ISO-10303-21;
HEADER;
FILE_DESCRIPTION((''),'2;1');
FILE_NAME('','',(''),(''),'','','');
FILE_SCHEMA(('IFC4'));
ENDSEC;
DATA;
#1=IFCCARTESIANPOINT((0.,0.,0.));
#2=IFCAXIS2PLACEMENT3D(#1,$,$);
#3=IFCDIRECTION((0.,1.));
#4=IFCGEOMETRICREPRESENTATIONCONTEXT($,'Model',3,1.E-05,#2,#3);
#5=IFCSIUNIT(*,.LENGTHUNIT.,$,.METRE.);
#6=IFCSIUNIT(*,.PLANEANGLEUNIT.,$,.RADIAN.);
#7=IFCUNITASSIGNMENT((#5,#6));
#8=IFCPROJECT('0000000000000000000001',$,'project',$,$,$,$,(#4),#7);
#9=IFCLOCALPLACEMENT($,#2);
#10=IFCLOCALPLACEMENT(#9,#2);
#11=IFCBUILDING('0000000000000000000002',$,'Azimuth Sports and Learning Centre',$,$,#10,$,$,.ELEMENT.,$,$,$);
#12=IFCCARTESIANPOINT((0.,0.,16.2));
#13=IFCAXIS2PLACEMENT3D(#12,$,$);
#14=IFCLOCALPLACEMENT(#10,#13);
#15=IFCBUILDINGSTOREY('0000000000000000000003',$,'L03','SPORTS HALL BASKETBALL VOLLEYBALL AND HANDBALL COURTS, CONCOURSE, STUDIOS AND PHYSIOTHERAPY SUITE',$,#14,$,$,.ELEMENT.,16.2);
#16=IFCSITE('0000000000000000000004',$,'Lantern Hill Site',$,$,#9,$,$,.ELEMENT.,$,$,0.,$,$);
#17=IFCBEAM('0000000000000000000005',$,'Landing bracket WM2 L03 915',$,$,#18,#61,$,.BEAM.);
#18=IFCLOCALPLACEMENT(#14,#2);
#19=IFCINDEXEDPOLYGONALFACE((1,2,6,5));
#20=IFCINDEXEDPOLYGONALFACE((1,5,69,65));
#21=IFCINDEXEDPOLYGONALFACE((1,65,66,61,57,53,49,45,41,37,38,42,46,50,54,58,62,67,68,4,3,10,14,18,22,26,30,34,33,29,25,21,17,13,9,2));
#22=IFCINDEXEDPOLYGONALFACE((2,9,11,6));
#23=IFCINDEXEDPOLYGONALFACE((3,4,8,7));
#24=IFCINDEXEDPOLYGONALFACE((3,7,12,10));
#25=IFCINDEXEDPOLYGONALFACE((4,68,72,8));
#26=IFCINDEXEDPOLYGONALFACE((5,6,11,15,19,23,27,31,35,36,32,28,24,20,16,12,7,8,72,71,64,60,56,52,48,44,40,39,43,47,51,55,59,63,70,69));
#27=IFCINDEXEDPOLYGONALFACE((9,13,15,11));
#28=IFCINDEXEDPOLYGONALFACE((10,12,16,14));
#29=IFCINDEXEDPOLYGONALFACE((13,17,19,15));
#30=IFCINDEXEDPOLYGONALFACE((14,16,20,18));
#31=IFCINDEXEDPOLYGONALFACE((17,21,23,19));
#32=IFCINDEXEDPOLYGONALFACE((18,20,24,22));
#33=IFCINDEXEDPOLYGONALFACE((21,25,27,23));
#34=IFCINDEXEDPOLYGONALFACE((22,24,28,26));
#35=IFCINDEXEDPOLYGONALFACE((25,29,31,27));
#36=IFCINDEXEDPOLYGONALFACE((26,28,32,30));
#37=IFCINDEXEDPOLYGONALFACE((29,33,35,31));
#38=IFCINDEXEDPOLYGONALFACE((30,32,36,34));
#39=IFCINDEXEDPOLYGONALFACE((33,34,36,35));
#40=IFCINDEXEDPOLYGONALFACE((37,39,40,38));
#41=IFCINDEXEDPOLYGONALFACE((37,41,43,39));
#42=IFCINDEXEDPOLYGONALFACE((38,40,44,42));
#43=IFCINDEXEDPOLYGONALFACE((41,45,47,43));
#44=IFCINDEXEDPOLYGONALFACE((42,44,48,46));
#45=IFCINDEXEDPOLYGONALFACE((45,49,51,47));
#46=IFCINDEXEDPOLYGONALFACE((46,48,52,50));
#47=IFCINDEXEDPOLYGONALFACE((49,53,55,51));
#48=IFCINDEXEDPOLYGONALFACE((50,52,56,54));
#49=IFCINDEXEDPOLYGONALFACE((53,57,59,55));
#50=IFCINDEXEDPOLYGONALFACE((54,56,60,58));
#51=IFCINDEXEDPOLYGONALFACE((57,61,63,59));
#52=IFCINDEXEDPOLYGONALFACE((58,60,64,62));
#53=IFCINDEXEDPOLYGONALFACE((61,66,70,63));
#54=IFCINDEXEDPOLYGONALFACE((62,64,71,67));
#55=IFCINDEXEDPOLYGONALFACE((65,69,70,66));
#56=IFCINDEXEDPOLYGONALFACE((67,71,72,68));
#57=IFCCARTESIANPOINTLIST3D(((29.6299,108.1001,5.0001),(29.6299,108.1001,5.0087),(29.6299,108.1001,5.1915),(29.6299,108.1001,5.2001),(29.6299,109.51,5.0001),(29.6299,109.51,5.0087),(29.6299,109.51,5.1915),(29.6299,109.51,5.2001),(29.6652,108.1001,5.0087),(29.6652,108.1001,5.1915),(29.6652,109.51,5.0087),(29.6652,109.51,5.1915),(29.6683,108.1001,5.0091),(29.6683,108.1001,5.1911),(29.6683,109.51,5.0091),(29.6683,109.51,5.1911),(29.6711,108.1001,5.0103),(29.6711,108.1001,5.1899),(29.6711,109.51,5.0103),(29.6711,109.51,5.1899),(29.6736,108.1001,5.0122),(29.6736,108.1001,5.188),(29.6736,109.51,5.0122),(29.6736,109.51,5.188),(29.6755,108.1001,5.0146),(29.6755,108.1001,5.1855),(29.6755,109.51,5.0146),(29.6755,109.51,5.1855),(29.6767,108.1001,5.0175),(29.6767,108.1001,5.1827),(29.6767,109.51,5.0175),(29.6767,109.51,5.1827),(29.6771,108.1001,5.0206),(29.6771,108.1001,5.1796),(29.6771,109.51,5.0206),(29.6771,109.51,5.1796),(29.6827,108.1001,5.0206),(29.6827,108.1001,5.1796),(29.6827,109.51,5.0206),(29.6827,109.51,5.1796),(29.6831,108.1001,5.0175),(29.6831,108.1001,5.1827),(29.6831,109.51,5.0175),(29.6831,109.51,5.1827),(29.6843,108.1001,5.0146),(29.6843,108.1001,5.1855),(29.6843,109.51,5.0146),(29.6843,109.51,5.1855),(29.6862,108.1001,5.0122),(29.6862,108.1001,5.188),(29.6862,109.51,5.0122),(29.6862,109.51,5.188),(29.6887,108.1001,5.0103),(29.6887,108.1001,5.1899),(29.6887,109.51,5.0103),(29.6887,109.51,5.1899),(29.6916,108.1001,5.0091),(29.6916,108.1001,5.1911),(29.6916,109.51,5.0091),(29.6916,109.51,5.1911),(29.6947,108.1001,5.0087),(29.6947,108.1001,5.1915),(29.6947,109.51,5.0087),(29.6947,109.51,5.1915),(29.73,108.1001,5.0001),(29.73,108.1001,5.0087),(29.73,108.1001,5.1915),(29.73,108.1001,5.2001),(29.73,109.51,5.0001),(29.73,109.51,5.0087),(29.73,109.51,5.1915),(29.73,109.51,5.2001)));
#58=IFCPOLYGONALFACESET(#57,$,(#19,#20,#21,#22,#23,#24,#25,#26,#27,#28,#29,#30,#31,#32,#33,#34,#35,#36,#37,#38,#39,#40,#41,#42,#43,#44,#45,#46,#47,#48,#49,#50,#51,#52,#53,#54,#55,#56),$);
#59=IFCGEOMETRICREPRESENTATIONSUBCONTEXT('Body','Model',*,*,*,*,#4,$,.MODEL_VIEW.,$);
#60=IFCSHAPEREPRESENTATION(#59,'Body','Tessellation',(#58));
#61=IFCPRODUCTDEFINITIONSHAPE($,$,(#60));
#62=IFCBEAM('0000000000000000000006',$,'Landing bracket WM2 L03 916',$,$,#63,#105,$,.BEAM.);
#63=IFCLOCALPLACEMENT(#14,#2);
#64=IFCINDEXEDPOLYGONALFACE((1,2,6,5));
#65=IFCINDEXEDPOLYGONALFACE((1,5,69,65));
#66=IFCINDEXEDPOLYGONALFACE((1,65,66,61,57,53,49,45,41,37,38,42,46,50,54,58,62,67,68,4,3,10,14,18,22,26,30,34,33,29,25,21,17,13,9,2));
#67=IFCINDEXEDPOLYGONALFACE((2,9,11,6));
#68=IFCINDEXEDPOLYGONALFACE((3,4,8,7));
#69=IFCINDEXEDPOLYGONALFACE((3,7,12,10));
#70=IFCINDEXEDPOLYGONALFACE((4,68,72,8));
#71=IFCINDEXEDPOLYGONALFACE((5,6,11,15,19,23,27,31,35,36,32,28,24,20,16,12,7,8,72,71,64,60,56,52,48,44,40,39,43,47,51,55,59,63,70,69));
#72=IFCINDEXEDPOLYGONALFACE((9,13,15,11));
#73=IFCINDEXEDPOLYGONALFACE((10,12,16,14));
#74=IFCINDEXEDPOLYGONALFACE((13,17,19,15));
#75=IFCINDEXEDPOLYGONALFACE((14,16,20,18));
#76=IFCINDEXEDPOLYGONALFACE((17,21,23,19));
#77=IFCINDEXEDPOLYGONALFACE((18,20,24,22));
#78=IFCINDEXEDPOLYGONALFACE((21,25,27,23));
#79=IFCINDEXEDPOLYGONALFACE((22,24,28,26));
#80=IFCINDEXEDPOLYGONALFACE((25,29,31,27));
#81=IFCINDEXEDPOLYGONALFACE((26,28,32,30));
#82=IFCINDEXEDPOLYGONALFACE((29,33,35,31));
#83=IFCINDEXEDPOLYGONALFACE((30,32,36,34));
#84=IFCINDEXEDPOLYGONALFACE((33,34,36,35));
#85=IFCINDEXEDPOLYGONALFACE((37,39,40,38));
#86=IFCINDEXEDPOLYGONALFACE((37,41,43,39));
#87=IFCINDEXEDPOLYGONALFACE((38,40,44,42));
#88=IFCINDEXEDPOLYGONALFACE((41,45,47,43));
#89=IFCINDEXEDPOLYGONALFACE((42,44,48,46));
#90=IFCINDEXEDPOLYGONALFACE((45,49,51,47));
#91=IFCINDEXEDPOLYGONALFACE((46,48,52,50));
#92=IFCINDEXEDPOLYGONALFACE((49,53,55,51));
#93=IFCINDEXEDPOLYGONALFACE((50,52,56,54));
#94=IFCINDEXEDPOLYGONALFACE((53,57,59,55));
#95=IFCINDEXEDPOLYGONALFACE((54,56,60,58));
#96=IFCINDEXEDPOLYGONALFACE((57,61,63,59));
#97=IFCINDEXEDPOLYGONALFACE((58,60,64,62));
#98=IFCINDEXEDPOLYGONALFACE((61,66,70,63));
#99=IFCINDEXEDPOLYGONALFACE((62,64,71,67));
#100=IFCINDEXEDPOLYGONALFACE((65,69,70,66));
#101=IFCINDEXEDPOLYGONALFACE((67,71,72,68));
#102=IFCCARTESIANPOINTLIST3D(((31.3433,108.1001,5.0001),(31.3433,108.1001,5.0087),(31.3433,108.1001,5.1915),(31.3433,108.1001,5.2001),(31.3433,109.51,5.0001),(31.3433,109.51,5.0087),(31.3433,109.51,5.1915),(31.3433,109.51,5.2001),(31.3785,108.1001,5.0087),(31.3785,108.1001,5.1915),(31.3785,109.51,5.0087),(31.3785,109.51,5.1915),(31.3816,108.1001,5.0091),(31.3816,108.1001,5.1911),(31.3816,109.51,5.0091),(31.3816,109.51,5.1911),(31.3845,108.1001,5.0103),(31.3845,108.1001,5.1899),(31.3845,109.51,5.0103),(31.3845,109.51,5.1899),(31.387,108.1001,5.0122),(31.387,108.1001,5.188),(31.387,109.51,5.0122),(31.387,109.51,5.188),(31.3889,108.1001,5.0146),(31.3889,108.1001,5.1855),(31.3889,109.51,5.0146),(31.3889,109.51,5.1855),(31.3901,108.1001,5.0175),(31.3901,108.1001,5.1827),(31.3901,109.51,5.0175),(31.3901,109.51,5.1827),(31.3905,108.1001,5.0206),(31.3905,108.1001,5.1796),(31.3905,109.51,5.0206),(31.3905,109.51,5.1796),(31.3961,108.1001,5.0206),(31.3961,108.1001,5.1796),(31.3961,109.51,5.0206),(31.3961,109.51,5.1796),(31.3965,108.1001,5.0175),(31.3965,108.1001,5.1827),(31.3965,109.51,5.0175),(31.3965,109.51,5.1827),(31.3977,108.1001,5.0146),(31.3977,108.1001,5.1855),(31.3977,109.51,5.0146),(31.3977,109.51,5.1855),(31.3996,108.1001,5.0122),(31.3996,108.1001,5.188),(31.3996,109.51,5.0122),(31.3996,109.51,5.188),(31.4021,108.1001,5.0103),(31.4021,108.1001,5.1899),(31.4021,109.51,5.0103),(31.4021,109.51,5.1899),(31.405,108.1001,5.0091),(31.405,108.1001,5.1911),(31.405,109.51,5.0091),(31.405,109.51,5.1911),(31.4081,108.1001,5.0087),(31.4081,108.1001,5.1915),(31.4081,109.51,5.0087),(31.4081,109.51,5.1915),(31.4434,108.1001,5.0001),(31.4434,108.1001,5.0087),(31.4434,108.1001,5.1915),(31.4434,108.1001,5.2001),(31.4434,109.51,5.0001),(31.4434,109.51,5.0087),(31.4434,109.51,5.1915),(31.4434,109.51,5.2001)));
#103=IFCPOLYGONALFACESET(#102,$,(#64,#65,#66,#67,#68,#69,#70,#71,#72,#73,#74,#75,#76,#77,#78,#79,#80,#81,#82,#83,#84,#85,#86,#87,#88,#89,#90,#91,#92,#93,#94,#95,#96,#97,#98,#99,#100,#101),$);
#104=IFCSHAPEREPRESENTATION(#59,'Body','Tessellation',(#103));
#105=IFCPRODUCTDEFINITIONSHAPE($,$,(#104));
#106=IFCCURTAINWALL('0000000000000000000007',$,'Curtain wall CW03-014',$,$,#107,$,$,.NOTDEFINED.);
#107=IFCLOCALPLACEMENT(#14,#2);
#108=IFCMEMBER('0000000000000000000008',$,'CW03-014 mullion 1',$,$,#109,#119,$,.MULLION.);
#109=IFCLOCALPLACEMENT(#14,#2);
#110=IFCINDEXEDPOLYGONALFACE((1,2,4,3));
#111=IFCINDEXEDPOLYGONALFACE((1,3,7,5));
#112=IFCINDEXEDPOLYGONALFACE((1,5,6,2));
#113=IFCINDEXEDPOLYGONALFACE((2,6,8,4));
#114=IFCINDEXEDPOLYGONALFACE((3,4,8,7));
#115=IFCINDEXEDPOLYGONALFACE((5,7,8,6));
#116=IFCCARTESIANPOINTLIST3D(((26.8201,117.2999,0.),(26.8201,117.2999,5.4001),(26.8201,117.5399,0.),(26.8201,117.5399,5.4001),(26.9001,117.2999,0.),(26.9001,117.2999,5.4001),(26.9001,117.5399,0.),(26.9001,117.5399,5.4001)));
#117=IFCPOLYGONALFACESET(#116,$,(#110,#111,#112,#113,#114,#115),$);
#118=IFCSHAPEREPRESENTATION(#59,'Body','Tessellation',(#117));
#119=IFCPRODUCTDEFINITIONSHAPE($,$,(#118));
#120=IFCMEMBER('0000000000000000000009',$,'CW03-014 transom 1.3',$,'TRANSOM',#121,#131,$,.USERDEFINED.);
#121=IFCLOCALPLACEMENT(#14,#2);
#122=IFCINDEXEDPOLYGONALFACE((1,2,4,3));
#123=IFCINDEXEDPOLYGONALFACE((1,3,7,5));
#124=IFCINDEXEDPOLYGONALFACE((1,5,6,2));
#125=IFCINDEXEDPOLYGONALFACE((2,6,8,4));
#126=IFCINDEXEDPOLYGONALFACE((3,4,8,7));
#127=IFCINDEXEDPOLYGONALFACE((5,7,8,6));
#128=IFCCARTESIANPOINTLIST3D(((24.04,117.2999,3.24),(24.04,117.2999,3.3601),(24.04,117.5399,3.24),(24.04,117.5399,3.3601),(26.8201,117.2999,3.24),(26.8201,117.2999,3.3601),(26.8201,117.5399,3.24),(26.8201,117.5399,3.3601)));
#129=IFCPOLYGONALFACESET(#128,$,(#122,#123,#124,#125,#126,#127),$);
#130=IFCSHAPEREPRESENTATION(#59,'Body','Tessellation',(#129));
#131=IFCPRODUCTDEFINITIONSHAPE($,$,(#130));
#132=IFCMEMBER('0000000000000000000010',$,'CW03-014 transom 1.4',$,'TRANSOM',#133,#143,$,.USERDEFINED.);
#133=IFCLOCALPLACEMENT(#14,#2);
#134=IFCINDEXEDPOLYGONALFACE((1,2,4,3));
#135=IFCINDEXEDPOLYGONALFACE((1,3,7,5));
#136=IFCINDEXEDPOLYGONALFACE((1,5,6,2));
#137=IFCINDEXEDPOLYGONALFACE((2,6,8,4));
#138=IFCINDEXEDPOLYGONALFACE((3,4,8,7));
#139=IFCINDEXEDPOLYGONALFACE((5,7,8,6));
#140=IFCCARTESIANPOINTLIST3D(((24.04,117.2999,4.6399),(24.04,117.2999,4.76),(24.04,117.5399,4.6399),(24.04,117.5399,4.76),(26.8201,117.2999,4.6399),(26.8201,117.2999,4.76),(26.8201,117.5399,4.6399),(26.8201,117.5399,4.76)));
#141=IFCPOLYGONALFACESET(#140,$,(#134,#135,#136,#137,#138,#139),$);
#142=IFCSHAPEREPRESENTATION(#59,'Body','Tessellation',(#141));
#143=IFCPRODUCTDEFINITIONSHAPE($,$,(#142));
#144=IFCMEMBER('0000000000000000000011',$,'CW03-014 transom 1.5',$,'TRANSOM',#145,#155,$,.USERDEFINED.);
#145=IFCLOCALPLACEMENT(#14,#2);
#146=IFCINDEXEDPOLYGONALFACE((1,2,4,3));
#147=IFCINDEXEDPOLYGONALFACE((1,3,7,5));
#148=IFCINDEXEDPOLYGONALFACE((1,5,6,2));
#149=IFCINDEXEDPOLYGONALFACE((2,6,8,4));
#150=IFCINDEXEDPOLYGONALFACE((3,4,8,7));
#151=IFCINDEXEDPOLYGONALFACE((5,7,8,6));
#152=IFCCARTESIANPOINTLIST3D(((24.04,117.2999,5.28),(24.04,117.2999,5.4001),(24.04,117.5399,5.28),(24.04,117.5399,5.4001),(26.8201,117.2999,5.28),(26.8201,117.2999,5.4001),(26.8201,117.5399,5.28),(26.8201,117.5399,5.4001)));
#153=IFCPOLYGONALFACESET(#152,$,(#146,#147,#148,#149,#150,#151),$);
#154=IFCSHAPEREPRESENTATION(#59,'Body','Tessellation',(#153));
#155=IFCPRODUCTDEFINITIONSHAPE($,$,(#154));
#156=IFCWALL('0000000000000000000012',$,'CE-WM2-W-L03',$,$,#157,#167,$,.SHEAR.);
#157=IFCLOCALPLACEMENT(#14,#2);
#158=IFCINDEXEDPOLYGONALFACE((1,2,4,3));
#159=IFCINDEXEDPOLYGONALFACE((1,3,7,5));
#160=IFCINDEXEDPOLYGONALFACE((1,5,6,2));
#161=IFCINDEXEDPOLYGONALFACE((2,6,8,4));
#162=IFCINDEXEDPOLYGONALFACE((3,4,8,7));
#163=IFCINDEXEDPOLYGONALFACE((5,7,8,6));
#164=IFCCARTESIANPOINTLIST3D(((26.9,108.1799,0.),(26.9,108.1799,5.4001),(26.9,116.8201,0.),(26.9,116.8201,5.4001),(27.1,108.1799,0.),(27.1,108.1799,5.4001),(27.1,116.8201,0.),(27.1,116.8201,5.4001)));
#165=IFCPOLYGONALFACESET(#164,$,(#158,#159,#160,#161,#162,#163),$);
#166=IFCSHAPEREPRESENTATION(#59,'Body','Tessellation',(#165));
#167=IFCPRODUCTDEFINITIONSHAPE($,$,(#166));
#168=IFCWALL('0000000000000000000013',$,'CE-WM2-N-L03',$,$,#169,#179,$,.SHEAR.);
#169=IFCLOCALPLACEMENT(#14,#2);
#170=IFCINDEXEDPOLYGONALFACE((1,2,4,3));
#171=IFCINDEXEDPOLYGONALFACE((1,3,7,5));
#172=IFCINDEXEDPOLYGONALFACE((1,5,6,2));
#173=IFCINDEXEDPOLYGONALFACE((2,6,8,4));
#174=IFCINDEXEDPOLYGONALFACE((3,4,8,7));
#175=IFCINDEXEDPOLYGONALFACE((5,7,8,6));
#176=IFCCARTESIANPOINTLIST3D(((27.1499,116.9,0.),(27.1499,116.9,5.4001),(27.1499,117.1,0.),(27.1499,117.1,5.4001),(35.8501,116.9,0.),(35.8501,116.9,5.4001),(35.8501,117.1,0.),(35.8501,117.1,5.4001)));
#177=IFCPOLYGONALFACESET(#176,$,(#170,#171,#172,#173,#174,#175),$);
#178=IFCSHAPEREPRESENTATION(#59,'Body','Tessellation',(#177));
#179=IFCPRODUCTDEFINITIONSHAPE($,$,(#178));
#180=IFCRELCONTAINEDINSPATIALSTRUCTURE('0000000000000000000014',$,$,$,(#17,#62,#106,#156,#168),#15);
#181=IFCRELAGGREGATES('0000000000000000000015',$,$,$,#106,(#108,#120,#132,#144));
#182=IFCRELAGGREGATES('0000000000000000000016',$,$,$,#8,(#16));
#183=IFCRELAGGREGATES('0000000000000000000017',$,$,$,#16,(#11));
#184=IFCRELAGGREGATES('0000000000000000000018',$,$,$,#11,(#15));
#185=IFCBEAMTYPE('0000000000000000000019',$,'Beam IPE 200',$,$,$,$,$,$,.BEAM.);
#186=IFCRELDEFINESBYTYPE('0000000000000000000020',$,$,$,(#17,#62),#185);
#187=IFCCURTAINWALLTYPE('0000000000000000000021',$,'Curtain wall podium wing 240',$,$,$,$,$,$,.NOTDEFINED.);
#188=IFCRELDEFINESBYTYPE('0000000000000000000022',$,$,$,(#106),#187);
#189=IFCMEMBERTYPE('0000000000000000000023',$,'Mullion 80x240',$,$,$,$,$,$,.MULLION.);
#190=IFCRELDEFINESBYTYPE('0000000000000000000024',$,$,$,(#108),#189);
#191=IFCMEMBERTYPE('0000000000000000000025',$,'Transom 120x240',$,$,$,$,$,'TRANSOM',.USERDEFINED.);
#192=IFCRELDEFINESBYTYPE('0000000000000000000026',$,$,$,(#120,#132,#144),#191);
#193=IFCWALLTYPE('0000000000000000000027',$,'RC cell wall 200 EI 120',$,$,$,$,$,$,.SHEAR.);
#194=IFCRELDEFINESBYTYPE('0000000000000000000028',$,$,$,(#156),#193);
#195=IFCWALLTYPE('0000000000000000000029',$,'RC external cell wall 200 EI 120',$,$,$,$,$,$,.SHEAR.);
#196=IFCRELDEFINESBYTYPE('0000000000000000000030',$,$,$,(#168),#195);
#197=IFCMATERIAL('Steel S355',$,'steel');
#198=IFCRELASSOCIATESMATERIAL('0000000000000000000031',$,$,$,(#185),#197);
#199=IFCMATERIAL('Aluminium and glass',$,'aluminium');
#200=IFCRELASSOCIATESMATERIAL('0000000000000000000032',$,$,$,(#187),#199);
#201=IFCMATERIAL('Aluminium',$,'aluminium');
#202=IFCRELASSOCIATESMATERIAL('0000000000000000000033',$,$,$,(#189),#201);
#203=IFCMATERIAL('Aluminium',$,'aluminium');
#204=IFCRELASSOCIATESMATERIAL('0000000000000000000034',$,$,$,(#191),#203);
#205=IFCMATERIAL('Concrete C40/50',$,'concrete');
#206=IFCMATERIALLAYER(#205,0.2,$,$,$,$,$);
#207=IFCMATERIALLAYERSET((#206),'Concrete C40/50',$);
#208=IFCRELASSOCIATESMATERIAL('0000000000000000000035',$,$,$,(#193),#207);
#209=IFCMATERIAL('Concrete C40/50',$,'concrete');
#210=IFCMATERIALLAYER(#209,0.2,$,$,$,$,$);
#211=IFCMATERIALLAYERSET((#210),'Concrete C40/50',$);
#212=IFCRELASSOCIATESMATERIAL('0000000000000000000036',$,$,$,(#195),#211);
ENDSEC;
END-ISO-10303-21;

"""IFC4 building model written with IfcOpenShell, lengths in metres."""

from ifc_helpers import new_model, si_unit, direction, frame, frame_2d, origin, origin_2d, place, context, subcontext, project, spatial, rectangle, i_section, extrude, material, layer, layer_set, material_profile, profile_set, type_object, element, aggregate, save


model = new_model("IFC4")

# Units and contexts
model_context = context("Model", 3, precision=1e-05, world=origin(), true_north=direction((0.0, 1.0)))
body_context = subcontext(model_context, "Body", "Model", "MODEL_VIEW")
ifc_project = project(units=[si_unit("LENGTHUNIT", "METRE"), si_unit("PLANEANGLEUNIT", "RADIAN")], contexts=[model_context])

# Site, building, storey
site_placement = place(None, origin())
site = spatial("IfcSite", under=ifc_project, at=site_placement, Name="Lantern Hill Site", CompositionType="ELEMENT", RefElevation=0.0)
building_placement = place(site_placement, origin())
building = spatial("IfcBuilding", under=site, at=building_placement, Name="Azimuth Sports and Learning Centre", CompositionType="ELEMENT")
storey_placement = place(building_placement, frame((0.0, 0.0, 16.2)))
storey = spatial("IfcBuildingStorey", under=building, at=storey_placement, Name="L03", Description="SPORTS HALL BASKETBALL VOLLEYBALL AND HANDBALL COURTS, CONCOURSE, STUDIOS AND PHYSIOTHERAPY SUITE", CompositionType="ELEMENT", Elevation=16.2)

# Beams
ifc_material_1 = material(Name="Steel S355", Category="steel")
ifc_material_profile_1 = material_profile(ifc_material_1, i_section(OverallWidth=0.1001, OverallDepth=0.2, WebThickness=0.0056, FlangeThickness=0.0085, FilletRadius=0.012, at=origin_2d()), Name="IPE 200")
ifc_profile_set_1 = profile_set([ifc_material_profile_1], Name="Steel S355")
beam_type = type_object("IfcBeamType", Name="Beam IPE 200", PredefinedType="BEAM", material=ifc_profile_set_1)
for number, where, z_axis, x_axis, name in (
    (1, (29.6799, 108.1001, 5.1001), (0.0, 1.0, 0.0), (-1.0, 0.0, 0.0), "Landing bracket WM2 L03 915"),
    (2, (31.3933, 108.1001, 5.1001), (0.0, 1.0, 0.0), (-1.0, 0.0, 0.0), "Landing bracket WM2 L03 916"),
):
    element("IfcBeam", number, at=place(storey_placement, frame(where, z_axis=z_axis, x_axis=x_axis)), inside=storey, type_object=beam_type, Name=name, PredefinedType="BEAM", context=body_context, shape_type="SweptSolid", body=[
        extrude(i_section(OverallWidth=0.1001, OverallDepth=0.2, WebThickness=0.0056, FlangeThickness=0.0085, FilletRadius=0.012, at=origin_2d()), origin(), (0.0, 0.0, 1.0), 1.4099),
    ])

# Curtain wall, members
ifc_material_2 = material(Name="Aluminium and glass", Category="aluminium")
curtain_wall_type = type_object("IfcCurtainWallType", Name="Curtain wall podium wing 240", PredefinedType="NOTDEFINED", material=ifc_material_2)
curtain_wall_placement = place(storey_placement, origin())
curtain_wall = element("IfcCurtainWall", 3, at=curtain_wall_placement, inside=storey, type_object=curtain_wall_type, Name="Curtain wall CW03-014", PredefinedType="NOTDEFINED")
ifc_material_3 = material(Name="Aluminium", Category="aluminium")
ifc_material_profile_2 = material_profile(ifc_material_3, rectangle(XDim=0.24, YDim=0.0801, at=origin_2d()), Name="Mullion 80x240")
ifc_profile_set_2 = profile_set([ifc_material_profile_2], Name="Aluminium")
member_type_1 = type_object("IfcMemberType", Name="Mullion 80x240", PredefinedType="MULLION", material=ifc_profile_set_2)
member_1_placement = place(storey_placement, frame((26.8601, 117.4199, 0.0), z_axis=(0.0, 0.0, 1.0), x_axis=(0.0, -1.0, 0.0)))
member_1 = element("IfcMember", 4, at=member_1_placement, type_object=member_type_1, Name="CW03-014 mullion 1", PredefinedType="MULLION", context=body_context, shape_type="SweptSolid", body=[
    extrude(rectangle(XDim=0.24, YDim=0.0801, at=origin_2d()), origin(), (0.0, 0.0, 1.0), 5.4001),
])
ifc_material_4 = material(Name="Aluminium", Category="aluminium")
ifc_material_profile_3 = material_profile(ifc_material_4, rectangle(XDim=0.24, YDim=0.1201, at=origin_2d()), Name="Transom 120x240")
ifc_profile_set_3 = profile_set([ifc_material_profile_3], Name="Aluminium")
member_type_2 = type_object("IfcMemberType", Name="Transom 120x240", ElementType="TRANSOM", PredefinedType="USERDEFINED", material=ifc_profile_set_3)
member_2_placement = place(storey_placement, frame((26.8201, 117.4199, 3.3), z_axis=(-1.0, 0.0, 0.0), x_axis=(0.0, -1.0, 0.0)))
member_2 = element("IfcMember", 5, at=member_2_placement, type_object=member_type_2, Name="CW03-014 transom 1.3", ObjectType="TRANSOM", PredefinedType="USERDEFINED", context=body_context, shape_type="SweptSolid", body=[
    extrude(rectangle(XDim=0.24, YDim=0.1201, at=origin_2d()), origin(), (0.0, 0.0, 1.0), 2.78),
])
member_3_placement = place(storey_placement, frame((26.8201, 117.4199, 4.7), z_axis=(-1.0, 0.0, 0.0), x_axis=(0.0, -1.0, 0.0)))
member_3 = element("IfcMember", 6, at=member_3_placement, type_object=member_type_2, Name="CW03-014 transom 1.4", ObjectType="TRANSOM", PredefinedType="USERDEFINED", context=body_context, shape_type="SweptSolid", body=[
    extrude(rectangle(XDim=0.24, YDim=0.1201, at=origin_2d()), origin(), (0.0, 0.0, 1.0), 2.78),
])
member_4_placement = place(storey_placement, frame((26.8201, 117.4199, 5.3401), z_axis=(-1.0, 0.0, 0.0), x_axis=(0.0, -1.0, 0.0)))
member_4 = element("IfcMember", 7, at=member_4_placement, type_object=member_type_2, Name="CW03-014 transom 1.5", ObjectType="TRANSOM", PredefinedType="USERDEFINED", context=body_context, shape_type="SweptSolid", body=[
    extrude(rectangle(XDim=0.24, YDim=0.1201, at=origin_2d()), origin(), (0.0, 0.0, 1.0), 2.78),
])
aggregate(curtain_wall, [member_1, member_2, member_3, member_4])

# Walls
ifc_material_5 = material(Name="Concrete C40/50", Category="concrete")
ifc_layer_1 = layer(ifc_material_5, 0.2)
ifc_layer_set_1 = layer_set([ifc_layer_1], Name="Concrete C40/50")
wall_type_1 = type_object("IfcWallType", Name="RC cell wall 200 EI 120", PredefinedType="SHEAR", material=ifc_layer_set_1)
wall_1_placement = place(storey_placement, frame((27.0, 108.1799, 0.0), z_axis=(0.0, 0.0, 1.0), x_axis=(0.0, 1.0, 0.0)))
element("IfcWall", 8, at=wall_1_placement, inside=storey, type_object=wall_type_1, Name="CE-WM2-W-L03", PredefinedType="SHEAR", context=body_context, shape_type="SweptSolid", body=[
    extrude(rectangle(XDim=8.6401, YDim=0.2, at=frame_2d((4.3201, 0.0))), origin(), (0.0, 0.0, 1.0), 5.4001),
])
ifc_material_6 = material(Name="Concrete C40/50", Category="concrete")
ifc_layer_2 = layer(ifc_material_6, 0.2)
ifc_layer_set_2 = layer_set([ifc_layer_2], Name="Concrete C40/50")
wall_type_2 = type_object("IfcWallType", Name="RC external cell wall 200 EI 120", PredefinedType="SHEAR", material=ifc_layer_set_2)
wall_2_placement = place(storey_placement, frame((27.1499, 117.0, 0.0), z_axis=(0.0, 0.0, 1.0), x_axis=(1.0, 0.0, 0.0)))
element("IfcWall", 9, at=wall_2_placement, inside=storey, type_object=wall_type_2, Name="CE-WM2-N-L03", PredefinedType="SHEAR", context=body_context, shape_type="SweptSolid", body=[
    extrude(rectangle(XDim=8.7002, YDim=0.2, at=frame_2d((4.3501, 0.0))), origin(), (0.0, 0.0, 1.0), 5.4001),
])

save(model, "model.ifc")
